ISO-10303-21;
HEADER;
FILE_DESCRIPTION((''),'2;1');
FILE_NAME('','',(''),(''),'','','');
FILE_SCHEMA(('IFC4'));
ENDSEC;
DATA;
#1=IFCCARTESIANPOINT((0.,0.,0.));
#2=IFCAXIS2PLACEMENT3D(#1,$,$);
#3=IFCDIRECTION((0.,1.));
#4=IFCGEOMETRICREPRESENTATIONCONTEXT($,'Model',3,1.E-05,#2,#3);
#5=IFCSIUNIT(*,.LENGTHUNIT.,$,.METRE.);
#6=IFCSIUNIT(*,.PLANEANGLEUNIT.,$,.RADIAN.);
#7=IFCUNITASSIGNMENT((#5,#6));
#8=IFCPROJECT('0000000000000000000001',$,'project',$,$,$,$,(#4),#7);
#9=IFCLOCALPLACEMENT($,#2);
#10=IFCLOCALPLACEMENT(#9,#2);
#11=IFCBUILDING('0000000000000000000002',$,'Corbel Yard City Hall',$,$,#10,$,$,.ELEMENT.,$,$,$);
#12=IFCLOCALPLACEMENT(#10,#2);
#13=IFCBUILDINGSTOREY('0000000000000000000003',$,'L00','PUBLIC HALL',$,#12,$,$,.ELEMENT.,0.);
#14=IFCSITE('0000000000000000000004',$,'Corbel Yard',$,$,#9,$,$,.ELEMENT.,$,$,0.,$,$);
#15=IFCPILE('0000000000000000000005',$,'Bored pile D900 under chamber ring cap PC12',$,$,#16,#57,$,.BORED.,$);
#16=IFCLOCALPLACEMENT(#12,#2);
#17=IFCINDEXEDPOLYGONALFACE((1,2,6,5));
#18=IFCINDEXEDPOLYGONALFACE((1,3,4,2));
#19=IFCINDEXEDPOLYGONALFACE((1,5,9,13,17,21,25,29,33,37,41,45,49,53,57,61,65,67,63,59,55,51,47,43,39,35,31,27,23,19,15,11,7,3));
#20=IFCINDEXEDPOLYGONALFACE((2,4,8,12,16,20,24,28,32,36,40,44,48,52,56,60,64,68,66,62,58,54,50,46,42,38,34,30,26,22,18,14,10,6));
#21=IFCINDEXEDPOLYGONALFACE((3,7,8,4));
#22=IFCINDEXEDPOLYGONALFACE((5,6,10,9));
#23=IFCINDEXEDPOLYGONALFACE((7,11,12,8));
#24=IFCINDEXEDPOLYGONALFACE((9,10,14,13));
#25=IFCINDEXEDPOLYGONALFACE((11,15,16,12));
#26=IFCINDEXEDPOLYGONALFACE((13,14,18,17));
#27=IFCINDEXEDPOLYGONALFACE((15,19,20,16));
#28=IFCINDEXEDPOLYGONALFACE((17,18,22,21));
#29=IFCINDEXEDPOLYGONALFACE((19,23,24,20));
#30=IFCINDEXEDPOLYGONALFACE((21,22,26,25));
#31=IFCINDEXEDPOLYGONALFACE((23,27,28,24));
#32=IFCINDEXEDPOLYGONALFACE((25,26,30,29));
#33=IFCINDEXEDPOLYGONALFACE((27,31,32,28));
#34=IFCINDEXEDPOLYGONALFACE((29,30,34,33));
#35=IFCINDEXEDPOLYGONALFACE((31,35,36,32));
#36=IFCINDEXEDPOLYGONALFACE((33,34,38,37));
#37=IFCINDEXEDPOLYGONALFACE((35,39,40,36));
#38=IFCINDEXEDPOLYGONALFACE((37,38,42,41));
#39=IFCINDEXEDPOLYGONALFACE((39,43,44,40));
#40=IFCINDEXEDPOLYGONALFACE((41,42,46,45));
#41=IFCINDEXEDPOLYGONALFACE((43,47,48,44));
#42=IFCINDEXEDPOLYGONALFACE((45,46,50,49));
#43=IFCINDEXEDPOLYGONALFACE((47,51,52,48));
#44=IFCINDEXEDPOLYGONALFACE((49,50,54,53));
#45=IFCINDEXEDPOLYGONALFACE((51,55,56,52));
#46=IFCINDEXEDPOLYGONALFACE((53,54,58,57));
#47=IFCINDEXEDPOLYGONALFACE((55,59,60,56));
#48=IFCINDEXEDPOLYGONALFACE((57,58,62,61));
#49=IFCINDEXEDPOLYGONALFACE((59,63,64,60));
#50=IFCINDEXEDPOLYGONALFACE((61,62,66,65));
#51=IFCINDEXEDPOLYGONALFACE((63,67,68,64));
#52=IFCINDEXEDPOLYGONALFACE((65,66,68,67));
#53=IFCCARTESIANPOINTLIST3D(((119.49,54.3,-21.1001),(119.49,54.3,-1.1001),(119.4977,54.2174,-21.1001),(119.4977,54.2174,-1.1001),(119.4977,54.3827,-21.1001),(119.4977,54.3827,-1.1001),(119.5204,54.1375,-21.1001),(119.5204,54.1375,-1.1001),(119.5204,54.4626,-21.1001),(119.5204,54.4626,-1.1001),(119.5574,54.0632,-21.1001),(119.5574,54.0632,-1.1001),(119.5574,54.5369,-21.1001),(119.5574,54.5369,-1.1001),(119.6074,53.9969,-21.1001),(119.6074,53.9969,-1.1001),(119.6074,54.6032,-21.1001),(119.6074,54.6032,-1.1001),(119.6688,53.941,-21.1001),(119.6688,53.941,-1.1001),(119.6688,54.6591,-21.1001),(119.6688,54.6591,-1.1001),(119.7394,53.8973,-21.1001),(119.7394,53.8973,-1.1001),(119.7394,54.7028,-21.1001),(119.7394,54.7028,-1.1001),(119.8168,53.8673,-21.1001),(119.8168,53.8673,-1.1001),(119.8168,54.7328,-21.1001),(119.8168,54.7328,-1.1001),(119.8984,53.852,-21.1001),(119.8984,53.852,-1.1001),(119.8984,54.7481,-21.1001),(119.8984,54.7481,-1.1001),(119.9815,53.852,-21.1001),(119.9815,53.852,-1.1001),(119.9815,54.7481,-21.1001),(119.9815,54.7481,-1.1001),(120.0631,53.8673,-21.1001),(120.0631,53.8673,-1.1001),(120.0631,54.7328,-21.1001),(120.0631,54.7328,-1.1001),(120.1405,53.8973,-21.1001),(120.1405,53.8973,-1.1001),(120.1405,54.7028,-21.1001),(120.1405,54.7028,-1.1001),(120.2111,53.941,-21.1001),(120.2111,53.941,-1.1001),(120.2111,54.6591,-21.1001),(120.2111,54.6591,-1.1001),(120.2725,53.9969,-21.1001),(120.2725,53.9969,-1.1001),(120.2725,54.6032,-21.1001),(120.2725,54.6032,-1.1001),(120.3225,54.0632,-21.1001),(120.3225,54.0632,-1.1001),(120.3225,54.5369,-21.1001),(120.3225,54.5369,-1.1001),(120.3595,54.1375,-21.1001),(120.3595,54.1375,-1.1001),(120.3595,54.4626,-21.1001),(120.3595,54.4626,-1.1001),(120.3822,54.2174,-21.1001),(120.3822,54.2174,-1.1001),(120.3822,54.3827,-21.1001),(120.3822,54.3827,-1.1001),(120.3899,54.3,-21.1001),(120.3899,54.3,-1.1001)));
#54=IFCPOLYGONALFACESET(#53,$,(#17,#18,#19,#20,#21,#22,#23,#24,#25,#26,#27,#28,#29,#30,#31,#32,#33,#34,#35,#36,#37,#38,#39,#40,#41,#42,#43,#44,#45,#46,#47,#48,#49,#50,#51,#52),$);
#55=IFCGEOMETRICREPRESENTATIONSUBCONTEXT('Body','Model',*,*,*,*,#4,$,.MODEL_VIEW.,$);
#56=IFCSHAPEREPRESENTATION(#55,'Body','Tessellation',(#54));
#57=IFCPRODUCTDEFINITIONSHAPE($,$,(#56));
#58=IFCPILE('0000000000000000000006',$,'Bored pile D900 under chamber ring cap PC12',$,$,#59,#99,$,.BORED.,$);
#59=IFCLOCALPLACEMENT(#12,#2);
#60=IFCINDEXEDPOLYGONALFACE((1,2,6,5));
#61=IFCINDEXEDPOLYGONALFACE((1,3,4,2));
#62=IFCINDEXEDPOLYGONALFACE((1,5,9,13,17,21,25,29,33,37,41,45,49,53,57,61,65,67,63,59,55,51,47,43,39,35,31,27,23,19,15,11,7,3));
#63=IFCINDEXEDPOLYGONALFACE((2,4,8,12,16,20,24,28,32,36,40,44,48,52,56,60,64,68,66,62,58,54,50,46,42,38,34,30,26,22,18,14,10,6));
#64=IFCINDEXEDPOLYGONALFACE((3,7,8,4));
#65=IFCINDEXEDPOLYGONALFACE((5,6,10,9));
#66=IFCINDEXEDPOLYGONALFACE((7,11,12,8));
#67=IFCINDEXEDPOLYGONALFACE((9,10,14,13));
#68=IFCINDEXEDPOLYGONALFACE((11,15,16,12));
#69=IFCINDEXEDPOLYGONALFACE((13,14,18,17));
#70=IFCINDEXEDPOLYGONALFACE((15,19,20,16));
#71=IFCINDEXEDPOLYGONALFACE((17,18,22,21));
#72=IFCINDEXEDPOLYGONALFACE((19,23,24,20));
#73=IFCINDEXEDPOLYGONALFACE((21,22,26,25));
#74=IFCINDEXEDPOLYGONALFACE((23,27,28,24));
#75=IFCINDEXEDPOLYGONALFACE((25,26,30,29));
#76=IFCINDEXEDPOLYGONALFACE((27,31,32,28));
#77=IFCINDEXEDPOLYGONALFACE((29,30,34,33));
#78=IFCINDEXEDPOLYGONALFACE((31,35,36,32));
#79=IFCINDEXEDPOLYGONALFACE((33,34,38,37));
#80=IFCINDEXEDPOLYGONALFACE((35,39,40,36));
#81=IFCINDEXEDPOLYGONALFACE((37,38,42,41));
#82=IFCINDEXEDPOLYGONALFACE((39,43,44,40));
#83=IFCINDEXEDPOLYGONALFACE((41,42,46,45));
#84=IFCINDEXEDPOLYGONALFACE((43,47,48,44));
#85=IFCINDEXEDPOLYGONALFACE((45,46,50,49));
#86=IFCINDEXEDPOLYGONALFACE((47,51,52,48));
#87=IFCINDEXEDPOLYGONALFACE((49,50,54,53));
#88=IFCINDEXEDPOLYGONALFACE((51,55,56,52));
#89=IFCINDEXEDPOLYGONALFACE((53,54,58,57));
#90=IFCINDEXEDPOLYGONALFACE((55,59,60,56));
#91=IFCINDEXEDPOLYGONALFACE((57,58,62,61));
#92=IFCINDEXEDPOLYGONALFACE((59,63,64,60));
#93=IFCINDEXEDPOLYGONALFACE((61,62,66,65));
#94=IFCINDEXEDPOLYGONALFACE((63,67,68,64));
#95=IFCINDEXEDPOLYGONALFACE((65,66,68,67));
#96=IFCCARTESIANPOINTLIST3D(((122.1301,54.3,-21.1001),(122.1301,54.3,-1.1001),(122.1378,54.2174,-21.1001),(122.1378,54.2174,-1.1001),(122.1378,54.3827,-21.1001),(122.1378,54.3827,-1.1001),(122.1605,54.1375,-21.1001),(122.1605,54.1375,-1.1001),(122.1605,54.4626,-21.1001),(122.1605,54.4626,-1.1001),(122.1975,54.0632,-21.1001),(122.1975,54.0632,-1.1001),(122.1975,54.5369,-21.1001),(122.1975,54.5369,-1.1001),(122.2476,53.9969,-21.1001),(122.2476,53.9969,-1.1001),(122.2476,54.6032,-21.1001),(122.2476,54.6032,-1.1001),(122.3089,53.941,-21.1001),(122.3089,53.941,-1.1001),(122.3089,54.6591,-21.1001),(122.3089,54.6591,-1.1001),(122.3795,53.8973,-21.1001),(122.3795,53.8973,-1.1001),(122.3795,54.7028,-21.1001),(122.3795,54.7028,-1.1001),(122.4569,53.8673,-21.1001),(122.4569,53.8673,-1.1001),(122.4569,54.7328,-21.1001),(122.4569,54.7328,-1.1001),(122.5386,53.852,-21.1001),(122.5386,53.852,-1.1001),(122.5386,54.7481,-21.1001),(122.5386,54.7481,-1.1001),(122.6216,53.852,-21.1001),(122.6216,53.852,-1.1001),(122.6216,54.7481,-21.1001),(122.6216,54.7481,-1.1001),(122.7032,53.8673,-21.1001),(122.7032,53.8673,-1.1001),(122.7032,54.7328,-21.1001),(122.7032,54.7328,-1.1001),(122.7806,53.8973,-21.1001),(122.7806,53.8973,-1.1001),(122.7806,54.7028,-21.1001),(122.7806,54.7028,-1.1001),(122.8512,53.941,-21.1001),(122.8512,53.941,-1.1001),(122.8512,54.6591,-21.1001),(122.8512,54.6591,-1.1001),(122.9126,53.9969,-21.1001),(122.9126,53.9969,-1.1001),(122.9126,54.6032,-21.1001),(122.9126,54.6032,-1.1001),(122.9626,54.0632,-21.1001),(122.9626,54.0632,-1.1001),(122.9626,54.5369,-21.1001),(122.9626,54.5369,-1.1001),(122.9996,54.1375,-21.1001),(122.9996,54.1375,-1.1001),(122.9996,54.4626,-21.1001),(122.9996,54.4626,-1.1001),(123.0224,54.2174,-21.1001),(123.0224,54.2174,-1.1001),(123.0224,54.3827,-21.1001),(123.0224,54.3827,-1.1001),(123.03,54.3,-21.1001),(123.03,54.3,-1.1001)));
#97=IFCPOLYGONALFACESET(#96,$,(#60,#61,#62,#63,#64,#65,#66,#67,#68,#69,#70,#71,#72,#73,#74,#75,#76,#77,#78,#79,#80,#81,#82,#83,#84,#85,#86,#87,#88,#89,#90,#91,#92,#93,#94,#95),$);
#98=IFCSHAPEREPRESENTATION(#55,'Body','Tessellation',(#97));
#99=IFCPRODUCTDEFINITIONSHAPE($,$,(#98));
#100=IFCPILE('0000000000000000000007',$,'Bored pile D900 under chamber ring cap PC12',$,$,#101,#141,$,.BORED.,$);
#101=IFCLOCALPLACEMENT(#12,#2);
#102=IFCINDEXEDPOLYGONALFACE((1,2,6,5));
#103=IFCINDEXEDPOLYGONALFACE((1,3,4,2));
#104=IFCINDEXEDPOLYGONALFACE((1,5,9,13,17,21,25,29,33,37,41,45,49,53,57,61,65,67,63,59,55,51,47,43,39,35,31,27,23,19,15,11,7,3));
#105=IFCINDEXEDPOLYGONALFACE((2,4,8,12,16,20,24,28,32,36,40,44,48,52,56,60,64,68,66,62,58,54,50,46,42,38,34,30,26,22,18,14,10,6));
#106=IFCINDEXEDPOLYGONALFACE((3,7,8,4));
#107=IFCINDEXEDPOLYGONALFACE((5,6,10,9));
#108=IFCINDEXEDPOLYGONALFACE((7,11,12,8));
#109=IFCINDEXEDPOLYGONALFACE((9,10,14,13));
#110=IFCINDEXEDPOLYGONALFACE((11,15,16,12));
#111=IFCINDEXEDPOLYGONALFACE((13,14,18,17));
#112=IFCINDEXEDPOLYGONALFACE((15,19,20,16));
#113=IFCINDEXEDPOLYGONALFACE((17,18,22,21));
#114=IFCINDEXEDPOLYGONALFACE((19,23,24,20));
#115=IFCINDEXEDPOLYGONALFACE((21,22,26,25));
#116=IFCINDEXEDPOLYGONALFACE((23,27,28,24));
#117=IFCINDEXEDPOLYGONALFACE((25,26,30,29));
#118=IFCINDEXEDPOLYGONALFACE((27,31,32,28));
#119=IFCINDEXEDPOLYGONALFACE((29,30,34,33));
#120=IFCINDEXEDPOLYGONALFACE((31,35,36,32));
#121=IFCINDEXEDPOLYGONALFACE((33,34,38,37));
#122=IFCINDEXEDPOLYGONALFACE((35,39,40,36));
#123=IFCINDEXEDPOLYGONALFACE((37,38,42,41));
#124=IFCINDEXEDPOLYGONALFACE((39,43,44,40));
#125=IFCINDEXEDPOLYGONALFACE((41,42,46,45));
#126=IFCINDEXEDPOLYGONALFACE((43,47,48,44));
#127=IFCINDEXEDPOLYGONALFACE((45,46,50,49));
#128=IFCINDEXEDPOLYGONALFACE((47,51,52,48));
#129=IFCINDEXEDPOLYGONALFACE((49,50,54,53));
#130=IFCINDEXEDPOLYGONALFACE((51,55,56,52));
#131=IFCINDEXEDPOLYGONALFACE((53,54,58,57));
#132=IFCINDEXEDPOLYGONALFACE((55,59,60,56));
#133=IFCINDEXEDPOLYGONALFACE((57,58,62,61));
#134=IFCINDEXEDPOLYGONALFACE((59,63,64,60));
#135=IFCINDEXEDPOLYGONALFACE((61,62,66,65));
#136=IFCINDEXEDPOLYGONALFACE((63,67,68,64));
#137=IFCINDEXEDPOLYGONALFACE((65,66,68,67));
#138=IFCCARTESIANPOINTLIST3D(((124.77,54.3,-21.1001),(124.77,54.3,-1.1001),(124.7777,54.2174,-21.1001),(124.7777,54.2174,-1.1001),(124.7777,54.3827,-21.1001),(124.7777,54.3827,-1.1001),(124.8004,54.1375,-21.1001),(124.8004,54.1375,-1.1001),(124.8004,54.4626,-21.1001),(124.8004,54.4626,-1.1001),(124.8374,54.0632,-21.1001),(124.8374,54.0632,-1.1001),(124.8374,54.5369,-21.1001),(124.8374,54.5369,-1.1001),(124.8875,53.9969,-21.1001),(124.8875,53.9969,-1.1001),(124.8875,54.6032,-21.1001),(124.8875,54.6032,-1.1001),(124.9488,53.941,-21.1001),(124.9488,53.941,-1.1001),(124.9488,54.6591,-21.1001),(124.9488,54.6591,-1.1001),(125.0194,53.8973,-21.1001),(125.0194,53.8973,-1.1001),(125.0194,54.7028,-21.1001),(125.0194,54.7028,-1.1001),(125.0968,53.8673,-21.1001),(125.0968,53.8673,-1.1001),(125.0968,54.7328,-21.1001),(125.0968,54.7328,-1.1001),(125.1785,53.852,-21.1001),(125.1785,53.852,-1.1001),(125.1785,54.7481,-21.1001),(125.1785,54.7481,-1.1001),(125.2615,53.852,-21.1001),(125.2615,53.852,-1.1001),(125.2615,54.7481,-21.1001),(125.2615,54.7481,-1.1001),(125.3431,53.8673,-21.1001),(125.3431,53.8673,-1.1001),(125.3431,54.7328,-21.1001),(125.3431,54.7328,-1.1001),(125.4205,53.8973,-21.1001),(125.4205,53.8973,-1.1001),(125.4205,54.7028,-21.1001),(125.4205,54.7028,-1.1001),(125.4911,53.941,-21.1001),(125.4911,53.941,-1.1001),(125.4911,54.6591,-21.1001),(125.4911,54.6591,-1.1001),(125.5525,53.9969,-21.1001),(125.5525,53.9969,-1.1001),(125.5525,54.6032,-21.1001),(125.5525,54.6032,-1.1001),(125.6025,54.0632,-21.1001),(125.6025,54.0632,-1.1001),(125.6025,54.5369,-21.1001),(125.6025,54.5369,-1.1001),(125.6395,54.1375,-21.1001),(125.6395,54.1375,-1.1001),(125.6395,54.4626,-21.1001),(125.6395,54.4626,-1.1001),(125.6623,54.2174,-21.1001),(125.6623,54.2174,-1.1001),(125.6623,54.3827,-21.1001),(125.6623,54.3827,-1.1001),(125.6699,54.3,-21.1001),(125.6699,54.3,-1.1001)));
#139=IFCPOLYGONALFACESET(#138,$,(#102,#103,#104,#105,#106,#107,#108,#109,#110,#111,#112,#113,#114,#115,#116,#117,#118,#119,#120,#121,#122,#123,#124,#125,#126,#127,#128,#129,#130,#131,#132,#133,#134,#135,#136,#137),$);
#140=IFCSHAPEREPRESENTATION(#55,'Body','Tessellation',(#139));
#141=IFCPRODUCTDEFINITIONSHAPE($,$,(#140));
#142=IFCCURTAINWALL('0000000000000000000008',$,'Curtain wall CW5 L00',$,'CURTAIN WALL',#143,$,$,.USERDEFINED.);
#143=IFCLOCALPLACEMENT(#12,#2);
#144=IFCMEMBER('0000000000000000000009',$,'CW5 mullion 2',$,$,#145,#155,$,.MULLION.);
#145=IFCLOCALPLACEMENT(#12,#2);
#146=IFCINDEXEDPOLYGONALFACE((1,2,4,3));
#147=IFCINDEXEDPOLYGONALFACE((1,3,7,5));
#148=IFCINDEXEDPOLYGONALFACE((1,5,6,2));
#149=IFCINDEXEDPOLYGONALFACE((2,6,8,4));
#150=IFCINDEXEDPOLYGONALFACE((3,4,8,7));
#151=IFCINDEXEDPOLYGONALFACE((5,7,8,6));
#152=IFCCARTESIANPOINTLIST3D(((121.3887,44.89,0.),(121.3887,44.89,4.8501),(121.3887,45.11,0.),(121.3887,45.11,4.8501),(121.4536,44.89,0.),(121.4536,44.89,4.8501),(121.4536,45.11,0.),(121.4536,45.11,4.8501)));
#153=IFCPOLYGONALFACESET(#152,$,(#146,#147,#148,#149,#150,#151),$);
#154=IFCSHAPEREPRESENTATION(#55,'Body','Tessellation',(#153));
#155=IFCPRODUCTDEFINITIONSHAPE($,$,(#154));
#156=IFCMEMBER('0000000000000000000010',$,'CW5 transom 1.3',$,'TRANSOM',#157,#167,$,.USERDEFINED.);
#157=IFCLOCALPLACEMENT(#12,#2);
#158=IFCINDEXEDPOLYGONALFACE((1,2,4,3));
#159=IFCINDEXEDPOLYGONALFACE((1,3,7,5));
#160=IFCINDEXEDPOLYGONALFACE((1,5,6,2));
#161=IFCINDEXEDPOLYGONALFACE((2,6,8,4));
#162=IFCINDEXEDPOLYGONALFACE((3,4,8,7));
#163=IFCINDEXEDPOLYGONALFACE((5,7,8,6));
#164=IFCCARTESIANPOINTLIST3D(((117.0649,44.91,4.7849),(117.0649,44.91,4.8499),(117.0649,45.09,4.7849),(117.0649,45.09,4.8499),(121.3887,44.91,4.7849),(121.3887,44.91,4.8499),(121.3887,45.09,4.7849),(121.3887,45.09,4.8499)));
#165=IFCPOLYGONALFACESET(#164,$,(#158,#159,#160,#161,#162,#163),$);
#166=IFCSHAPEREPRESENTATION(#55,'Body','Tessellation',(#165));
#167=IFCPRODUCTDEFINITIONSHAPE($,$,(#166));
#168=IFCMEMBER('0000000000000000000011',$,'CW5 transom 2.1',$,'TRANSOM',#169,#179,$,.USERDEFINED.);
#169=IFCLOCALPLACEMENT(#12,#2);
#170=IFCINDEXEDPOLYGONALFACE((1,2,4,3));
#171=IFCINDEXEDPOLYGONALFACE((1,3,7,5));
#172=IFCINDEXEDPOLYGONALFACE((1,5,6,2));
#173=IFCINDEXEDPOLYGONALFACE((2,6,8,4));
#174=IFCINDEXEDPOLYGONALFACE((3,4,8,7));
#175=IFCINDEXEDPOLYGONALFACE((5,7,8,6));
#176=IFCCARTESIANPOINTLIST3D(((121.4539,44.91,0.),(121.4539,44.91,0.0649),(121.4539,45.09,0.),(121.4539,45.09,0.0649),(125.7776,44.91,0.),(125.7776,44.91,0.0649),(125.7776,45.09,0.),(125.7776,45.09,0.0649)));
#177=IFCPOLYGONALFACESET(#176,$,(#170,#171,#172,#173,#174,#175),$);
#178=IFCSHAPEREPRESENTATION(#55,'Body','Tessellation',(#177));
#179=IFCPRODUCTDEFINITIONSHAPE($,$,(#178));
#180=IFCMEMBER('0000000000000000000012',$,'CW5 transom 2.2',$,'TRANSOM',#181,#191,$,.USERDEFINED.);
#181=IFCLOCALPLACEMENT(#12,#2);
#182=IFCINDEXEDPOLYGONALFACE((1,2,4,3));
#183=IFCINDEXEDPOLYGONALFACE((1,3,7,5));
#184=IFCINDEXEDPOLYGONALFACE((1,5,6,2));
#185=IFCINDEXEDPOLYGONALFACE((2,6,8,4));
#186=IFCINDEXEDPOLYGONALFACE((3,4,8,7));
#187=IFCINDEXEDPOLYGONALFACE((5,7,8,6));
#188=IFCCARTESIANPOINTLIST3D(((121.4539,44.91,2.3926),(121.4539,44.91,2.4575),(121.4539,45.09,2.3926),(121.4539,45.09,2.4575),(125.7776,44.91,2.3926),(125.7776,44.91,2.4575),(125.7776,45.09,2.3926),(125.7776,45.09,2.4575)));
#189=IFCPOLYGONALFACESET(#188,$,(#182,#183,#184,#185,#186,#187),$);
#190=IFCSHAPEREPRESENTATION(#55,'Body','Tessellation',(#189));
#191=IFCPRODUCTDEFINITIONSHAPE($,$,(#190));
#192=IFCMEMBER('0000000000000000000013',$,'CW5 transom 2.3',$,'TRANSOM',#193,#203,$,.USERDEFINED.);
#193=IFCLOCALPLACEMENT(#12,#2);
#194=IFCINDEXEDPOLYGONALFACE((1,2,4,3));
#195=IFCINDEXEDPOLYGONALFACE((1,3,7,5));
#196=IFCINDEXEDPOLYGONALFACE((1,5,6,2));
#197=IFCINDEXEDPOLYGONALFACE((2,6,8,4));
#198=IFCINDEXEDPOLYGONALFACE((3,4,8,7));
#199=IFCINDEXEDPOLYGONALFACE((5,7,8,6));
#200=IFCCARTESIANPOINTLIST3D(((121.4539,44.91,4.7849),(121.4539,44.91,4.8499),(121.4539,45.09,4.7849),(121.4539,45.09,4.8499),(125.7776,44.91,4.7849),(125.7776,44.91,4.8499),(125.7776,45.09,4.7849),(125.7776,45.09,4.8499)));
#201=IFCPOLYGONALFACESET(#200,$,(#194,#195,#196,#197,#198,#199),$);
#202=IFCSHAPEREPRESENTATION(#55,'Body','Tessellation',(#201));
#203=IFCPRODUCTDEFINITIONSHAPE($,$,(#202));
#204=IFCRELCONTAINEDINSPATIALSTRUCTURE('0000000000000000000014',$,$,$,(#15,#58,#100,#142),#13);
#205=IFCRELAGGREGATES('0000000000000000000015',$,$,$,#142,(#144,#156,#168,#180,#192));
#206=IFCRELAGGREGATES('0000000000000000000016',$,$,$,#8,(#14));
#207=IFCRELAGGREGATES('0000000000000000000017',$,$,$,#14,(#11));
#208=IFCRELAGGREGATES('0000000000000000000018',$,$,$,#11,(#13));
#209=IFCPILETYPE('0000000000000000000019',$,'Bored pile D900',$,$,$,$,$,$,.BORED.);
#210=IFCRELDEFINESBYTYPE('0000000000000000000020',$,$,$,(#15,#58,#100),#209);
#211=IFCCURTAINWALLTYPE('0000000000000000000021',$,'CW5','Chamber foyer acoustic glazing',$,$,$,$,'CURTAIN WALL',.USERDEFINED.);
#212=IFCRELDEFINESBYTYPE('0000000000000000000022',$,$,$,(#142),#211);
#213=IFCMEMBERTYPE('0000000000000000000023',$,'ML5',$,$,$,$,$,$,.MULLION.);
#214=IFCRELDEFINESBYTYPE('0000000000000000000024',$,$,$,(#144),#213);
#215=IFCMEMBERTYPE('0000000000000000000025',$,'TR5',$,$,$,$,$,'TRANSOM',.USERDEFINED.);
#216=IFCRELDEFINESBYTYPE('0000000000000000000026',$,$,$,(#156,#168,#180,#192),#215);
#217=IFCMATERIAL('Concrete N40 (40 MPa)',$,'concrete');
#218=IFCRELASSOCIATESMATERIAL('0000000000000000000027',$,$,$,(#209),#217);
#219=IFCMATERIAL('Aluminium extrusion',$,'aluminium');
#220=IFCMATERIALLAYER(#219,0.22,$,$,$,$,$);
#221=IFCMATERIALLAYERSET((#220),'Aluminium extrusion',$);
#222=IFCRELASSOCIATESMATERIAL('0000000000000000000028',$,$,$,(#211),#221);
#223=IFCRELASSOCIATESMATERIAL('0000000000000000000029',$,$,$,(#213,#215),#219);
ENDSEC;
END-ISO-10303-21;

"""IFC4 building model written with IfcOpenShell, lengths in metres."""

from ifc_helpers import new_model, si_unit, direction, frame, origin, origin_2d, place, context, subcontext, project, spatial, rectangle, circle, extrude, material, layer, layer_set, material_profile, profile_set, type_object, element, aggregate, save


model = new_model("IFC4")

# Units and contexts
model_context = context("Model", 3, precision=1e-05, world=origin(), true_north=direction((0.0, 1.0)))
body_context = subcontext(model_context, "Body", "Model", "MODEL_VIEW")
ifc_project = project(units=[si_unit("LENGTHUNIT", "METRE"), si_unit("PLANEANGLEUNIT", "RADIAN")], contexts=[model_context])

# Site, building, storey
site_placement = place(None, origin())
site = spatial("IfcSite", under=ifc_project, at=site_placement, Name="Corbel Yard", CompositionType="ELEMENT", RefElevation=0.0)
building_placement = place(site_placement, origin())
building = spatial("IfcBuilding", under=site, at=building_placement, Name="Corbel Yard City Hall", CompositionType="ELEMENT")
storey_placement = place(building_placement, origin())
storey = spatial("IfcBuildingStorey", under=building, at=storey_placement, Name="L00", Description="PUBLIC HALL", CompositionType="ELEMENT", Elevation=0.0)

# Piles
ifc_material_1 = material(Name="Concrete N40 (40 MPa)", Category="concrete")
ifc_material_profile_1 = material_profile(ifc_material_1, circle(Radius=0.45, at=origin_2d()), Name="D900")
ifc_profile_set_1 = profile_set([ifc_material_profile_1], Name="Concrete N40 (40 MPa)")
pile_type_1 = type_object("IfcPileType", Name="Bored pile D900", PredefinedType="BORED", material=ifc_profile_set_1)
for number, where, z_axis, x_axis, name in (
    (1, (119.9399, 54.3, -1.1001), (0.0, 0.0, -1.0), (1.0, 0.0, 0.0), "Bored pile D900 under chamber ring cap PC12"),
    (2, (122.5801, 54.3, -1.1001), (0.0, 0.0, -1.0), (1.0, 0.0, 0.0), "Bored pile D900 under chamber ring cap PC12"),
    (3, (125.22, 54.3, -1.1001), (0.0, 0.0, -1.0), (1.0, 0.0, 0.0), "Bored pile D900 under chamber ring cap PC12"),
):
    element("IfcPile", number, at=place(storey_placement, frame(where, z_axis=z_axis, x_axis=x_axis)), inside=storey, type_object=pile_type_1, Name=name, PredefinedType="BORED", context=body_context, shape_type="SweptSolid", body=[
        extrude(circle(Radius=0.45, at=origin_2d()), origin(), (0.0, 0.0, 1.0), 20.0),
    ])

# Curtain wall, members
ifc_material_2 = material(Name="Aluminium extrusion", Category="aluminium")
ifc_layer_1 = layer(ifc_material_2, 0.22)
ifc_layer_set_1 = layer_set([ifc_layer_1], Name="Aluminium extrusion")
curtain_wall_type = type_object("IfcCurtainWallType", Name="CW5", Description="Chamber foyer acoustic glazing", ElementType="CURTAIN WALL", PredefinedType="USERDEFINED", material=ifc_layer_set_1)
curtain_wall_placement = place(storey_placement, origin())
curtain_wall = element("IfcCurtainWall", 4, at=curtain_wall_placement, inside=storey, type_object=curtain_wall_type, Name="Curtain wall CW5 L00", ObjectType="CURTAIN WALL", PredefinedType="USERDEFINED")
ifc_material_profile_2 = material_profile(ifc_material_2, rectangle(XDim=0.22, YDim=0.0649, at=origin_2d()), Name="220x65")
ifc_profile_set_2 = profile_set([ifc_material_profile_2], Name="Aluminium extrusion")
member_type_1 = type_object("IfcMemberType", Name="ML5", PredefinedType="MULLION", material=ifc_profile_set_2)
member_1_placement = place(storey_placement, frame((121.4211, 45.0, 0.0), z_axis=(0.0, 0.0, 1.0), x_axis=(0.0, 1.0, 0.0)))
member_1 = element("IfcMember", 5, at=member_1_placement, type_object=member_type_1, Name="CW5 mullion 2", PredefinedType="MULLION", context=body_context, shape_type="SweptSolid", body=[
    extrude(rectangle(XDim=0.22, YDim=0.0649, at=origin_2d()), origin(), (0.0, 0.0, 1.0), 4.8501),
])
ifc_material_profile_3 = material_profile(ifc_material_2, rectangle(XDim=0.1799, YDim=0.0649, at=origin_2d()), Name="180x65")
ifc_profile_set_3 = profile_set([ifc_material_profile_3], Name="Aluminium extrusion")
member_type_2 = type_object("IfcMemberType", Name="TR5", ElementType="TRANSOM", PredefinedType="USERDEFINED", material=ifc_profile_set_3)
member_2_placement = place(storey_placement, frame((117.0649, 45.0, 4.8174), z_axis=(1.0, 0.0, 0.0), x_axis=(0.0, 1.0, 0.0)))
member_2 = element("IfcMember", 6, at=member_2_placement, type_object=member_type_2, Name="CW5 transom 1.3", ObjectType="TRANSOM", PredefinedType="USERDEFINED", context=body_context, shape_type="SweptSolid", body=[
    extrude(rectangle(XDim=0.1799, YDim=0.0649, at=origin_2d()), origin(), (0.0, 0.0, 1.0), 4.3237),
])
member_3_placement = place(storey_placement, frame((121.4539, 45.0, 0.0325), z_axis=(1.0, 0.0, 0.0), x_axis=(0.0, 1.0, 0.0)))
member_3 = element("IfcMember", 7, at=member_3_placement, type_object=member_type_2, Name="CW5 transom 2.1", ObjectType="TRANSOM", PredefinedType="USERDEFINED", context=body_context, shape_type="SweptSolid", body=[
    extrude(rectangle(XDim=0.1799, YDim=0.0649, at=origin_2d()), origin(), (0.0, 0.0, 1.0), 4.3237),
])
member_4_placement = place(storey_placement, frame((121.4539, 45.0, 2.425), z_axis=(1.0, 0.0, 0.0), x_axis=(0.0, 1.0, 0.0)))
member_4 = element("IfcMember", 8, at=member_4_placement, type_object=member_type_2, Name="CW5 transom 2.2", ObjectType="TRANSOM", PredefinedType="USERDEFINED", context=body_context, shape_type="SweptSolid", body=[
    extrude(rectangle(XDim=0.1799, YDim=0.0649, at=origin_2d()), origin(), (0.0, 0.0, 1.0), 4.3237),
])
member_5_placement = place(storey_placement, frame((121.4539, 45.0, 4.8174), z_axis=(1.0, 0.0, 0.0), x_axis=(0.0, 1.0, 0.0)))
member_5 = element("IfcMember", 9, at=member_5_placement, type_object=member_type_2, Name="CW5 transom 2.3", ObjectType="TRANSOM", PredefinedType="USERDEFINED", context=body_context, shape_type="SweptSolid", body=[
    extrude(rectangle(XDim=0.1799, YDim=0.0649, at=origin_2d()), origin(), (0.0, 0.0, 1.0), 4.3237),
])
aggregate(curtain_wall, [member_1, member_2, member_3, member_4, member_5])

save(model, "model.ifc")
